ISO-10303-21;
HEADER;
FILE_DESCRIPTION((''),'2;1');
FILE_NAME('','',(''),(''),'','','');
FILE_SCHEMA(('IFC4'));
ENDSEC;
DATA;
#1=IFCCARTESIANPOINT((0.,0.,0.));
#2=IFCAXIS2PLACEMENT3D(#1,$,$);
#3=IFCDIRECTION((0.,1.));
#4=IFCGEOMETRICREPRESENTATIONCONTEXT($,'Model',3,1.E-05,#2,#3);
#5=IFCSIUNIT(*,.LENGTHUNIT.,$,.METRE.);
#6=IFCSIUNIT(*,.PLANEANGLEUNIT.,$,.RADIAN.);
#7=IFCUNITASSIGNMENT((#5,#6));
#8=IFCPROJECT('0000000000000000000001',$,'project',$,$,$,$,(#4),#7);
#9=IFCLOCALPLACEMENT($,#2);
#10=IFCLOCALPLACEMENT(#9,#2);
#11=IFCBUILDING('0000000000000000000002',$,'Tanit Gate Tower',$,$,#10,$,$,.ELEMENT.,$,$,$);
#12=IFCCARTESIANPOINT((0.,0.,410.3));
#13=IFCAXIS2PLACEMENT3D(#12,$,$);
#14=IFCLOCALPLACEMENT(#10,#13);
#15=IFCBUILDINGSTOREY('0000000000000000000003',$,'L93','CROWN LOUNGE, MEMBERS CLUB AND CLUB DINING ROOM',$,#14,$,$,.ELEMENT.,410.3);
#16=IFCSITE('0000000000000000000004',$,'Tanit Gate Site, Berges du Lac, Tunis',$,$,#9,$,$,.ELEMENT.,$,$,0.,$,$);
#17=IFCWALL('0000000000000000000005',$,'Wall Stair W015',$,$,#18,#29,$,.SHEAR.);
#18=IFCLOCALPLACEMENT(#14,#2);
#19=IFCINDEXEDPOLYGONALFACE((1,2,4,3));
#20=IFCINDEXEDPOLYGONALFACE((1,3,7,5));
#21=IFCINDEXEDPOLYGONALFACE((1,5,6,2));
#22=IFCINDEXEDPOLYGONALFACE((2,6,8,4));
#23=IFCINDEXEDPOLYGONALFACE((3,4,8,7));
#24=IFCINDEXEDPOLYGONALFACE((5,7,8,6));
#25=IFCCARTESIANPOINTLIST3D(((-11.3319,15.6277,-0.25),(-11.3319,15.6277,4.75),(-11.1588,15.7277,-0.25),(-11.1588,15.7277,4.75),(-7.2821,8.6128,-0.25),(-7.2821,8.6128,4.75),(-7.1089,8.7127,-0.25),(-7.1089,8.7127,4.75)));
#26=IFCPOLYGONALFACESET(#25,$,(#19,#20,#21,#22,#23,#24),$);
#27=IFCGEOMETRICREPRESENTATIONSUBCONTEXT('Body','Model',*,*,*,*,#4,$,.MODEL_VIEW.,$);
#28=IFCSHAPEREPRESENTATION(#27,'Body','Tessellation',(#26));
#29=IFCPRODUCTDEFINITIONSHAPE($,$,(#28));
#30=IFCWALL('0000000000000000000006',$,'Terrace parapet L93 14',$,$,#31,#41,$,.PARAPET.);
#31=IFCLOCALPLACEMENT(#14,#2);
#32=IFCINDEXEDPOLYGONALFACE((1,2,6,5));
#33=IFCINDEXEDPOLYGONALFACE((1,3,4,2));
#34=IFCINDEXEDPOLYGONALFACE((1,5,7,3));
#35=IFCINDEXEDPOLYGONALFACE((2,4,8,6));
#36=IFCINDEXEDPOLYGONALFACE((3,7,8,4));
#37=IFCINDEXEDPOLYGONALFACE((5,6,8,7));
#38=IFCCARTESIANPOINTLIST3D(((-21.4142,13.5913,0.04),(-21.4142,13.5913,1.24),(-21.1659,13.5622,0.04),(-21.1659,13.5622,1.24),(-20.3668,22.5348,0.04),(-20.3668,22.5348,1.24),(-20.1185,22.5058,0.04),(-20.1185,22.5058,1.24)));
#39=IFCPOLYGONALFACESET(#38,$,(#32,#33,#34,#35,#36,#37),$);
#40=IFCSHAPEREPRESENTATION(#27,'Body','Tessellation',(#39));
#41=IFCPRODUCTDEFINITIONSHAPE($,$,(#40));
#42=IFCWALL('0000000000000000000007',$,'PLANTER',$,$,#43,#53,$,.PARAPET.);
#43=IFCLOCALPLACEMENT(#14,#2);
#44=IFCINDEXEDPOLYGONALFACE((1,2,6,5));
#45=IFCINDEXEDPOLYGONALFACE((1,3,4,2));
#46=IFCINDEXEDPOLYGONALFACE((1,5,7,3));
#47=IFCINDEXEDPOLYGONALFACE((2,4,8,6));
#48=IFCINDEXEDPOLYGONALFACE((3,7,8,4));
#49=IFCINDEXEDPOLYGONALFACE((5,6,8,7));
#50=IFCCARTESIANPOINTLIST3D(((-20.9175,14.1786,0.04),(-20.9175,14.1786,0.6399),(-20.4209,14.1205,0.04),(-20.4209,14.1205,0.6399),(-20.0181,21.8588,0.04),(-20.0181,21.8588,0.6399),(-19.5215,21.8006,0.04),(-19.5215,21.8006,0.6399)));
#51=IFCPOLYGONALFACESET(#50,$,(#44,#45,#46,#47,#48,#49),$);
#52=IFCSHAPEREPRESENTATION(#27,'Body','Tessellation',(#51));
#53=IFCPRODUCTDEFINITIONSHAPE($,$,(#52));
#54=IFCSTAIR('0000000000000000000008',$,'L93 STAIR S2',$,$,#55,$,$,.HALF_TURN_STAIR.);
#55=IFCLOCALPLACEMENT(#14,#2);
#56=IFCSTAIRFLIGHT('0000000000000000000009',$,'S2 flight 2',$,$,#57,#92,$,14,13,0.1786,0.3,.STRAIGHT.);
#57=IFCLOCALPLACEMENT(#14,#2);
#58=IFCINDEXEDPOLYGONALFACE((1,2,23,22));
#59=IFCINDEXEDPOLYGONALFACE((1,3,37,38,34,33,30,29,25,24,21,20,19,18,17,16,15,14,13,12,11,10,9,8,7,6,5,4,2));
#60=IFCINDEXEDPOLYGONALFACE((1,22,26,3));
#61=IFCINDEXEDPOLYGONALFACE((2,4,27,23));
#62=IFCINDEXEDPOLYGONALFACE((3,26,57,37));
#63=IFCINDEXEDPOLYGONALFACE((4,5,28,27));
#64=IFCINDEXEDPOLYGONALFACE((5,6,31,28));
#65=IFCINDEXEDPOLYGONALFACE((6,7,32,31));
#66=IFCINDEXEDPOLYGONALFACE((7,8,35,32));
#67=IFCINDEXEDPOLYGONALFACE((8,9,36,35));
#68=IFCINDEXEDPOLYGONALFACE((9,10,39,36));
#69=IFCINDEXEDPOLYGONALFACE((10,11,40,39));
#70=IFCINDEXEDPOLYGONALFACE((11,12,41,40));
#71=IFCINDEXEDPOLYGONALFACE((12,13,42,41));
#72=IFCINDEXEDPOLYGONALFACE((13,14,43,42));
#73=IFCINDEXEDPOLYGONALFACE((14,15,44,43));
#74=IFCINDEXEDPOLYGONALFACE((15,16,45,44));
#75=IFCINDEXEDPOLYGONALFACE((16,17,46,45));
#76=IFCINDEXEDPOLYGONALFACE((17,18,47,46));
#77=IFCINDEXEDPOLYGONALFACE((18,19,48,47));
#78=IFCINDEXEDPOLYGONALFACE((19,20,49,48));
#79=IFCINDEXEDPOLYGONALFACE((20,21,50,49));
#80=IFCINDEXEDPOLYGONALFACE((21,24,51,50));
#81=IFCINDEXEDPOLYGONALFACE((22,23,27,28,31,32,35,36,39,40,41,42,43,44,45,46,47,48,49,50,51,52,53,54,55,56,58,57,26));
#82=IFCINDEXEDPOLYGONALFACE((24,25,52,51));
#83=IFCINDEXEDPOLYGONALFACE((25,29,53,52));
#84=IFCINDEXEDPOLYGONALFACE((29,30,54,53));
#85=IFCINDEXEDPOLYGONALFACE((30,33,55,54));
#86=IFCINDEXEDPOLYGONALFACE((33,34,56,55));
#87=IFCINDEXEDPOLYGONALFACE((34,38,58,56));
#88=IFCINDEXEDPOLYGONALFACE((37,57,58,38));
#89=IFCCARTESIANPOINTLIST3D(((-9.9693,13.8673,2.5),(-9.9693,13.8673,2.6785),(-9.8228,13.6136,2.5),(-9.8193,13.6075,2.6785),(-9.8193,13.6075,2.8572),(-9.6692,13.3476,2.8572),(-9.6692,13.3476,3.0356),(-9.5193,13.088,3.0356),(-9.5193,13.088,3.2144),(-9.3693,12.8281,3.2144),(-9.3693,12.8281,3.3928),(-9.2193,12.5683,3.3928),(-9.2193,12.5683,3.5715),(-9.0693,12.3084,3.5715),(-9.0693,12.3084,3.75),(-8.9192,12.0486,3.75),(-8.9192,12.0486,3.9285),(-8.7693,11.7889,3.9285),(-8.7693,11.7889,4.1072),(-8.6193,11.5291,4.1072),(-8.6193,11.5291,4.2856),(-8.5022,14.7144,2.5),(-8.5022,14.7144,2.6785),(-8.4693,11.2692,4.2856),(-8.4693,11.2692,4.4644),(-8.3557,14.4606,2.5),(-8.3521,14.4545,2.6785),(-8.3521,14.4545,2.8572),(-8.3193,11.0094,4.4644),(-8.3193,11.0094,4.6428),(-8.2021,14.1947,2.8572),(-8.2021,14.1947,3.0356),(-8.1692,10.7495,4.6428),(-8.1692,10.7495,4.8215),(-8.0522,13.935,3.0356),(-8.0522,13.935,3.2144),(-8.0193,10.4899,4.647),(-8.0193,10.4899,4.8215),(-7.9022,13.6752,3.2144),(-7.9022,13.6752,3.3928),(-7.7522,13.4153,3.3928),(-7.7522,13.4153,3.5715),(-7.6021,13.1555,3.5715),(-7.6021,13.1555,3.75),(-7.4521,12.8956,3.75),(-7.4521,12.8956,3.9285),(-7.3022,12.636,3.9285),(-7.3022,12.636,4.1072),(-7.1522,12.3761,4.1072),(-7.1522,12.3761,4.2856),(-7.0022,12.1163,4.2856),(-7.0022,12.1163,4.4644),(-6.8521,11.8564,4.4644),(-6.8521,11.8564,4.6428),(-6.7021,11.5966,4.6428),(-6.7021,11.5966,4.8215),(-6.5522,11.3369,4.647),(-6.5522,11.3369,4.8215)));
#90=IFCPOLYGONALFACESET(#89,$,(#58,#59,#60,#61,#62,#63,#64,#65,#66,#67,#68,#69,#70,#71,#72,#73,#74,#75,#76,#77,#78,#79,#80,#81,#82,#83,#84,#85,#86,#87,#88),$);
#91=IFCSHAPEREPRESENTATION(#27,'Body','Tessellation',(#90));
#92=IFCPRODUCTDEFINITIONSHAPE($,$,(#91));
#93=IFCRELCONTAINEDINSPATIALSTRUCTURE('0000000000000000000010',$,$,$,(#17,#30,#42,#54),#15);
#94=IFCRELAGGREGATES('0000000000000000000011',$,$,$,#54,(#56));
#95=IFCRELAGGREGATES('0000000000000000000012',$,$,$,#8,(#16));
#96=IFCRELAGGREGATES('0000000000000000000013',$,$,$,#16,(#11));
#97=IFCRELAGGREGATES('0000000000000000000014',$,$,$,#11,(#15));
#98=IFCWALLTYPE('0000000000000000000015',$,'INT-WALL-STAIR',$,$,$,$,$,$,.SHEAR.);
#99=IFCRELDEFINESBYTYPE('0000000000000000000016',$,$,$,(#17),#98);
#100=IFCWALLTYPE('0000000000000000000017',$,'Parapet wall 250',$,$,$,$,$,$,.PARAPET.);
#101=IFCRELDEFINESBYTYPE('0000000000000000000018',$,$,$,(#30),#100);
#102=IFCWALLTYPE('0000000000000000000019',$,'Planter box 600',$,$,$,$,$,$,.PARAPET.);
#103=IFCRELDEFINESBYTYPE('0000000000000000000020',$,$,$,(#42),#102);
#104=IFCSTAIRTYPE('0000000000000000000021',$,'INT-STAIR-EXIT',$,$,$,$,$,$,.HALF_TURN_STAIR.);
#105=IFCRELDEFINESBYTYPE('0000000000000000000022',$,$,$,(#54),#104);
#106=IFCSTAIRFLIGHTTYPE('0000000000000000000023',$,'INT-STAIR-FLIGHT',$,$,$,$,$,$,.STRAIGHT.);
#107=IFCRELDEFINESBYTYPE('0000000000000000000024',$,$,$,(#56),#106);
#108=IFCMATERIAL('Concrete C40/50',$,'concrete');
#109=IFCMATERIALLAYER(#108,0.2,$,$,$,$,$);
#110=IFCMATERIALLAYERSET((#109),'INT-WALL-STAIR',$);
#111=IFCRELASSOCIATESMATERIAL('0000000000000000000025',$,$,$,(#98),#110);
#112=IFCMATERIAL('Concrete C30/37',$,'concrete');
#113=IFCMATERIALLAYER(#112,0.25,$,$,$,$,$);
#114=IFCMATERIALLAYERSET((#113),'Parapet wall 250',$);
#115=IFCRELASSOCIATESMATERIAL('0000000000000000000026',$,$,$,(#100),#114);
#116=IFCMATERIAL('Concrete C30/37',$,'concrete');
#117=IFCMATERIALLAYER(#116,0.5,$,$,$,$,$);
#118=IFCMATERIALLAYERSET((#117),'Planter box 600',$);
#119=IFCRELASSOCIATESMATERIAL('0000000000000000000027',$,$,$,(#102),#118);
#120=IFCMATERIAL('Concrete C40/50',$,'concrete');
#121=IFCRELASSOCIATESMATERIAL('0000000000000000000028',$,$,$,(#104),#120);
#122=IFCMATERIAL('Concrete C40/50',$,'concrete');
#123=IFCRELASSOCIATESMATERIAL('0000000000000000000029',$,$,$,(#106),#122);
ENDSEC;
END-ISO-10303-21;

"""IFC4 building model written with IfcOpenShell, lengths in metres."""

from ifc_helpers import new_model, si_unit, direction, frame, frame_2d, origin, place, context, subcontext, project, spatial, polyline, rectangle, outline, extrude, material, layer, layer_set, type_object, element, aggregate, save


model = new_model("IFC4")

# Units and contexts
model_context = context("Model", 3, precision=1e-05, world=origin(), true_north=direction((0.0, 1.0)))
body_context = subcontext(model_context, "Body", "Model", "MODEL_VIEW")
ifc_project = project(units=[si_unit("LENGTHUNIT", "METRE"), si_unit("PLANEANGLEUNIT", "RADIAN")], contexts=[model_context])

# Site, building, storey
site_placement = place(None, origin())
site = spatial("IfcSite", under=ifc_project, at=site_placement, Name="Tanit Gate Site, Berges du Lac, Tunis", CompositionType="ELEMENT", RefElevation=0.0)
building_placement = place(site_placement, origin())
building = spatial("IfcBuilding", under=site, at=building_placement, Name="Tanit Gate Tower", CompositionType="ELEMENT")
storey_placement = place(building_placement, frame((0.0, 0.0, 410.3)))
storey = spatial("IfcBuildingStorey", under=building, at=storey_placement, Name="L93", Description="CROWN LOUNGE, MEMBERS CLUB AND CLUB DINING ROOM", CompositionType="ELEMENT", Elevation=410.3)

# Walls
ifc_material_1 = material(Name="Concrete C40/50", Category="concrete")
ifc_layer_1 = layer(ifc_material_1, 0.2)
ifc_layer_set_1 = layer_set([ifc_layer_1], Name="INT-WALL-STAIR")
wall_type_1 = type_object("IfcWallType", Name="INT-WALL-STAIR", PredefinedType="SHEAR", material=ifc_layer_set_1)
wall_1_placement = place(storey_placement, frame((-11.2454, 15.6777, -0.25), z_axis=(0.0, 0.0, 1.0), x_axis=(0.499977, -0.866039, 0.0)))
element("IfcWall", 1, at=wall_1_placement, inside=storey, type_object=wall_type_1, Name="Wall Stair W015", PredefinedType="SHEAR", context=body_context, shape_type="SweptSolid", body=[
    extrude(rectangle(XDim=8.1001, YDim=0.2, at=frame_2d((4.05, 0.0))), origin(), (0.0, 0.0, 1.0), 5.0),
])
ifc_material_2 = material(Name="Concrete C30/37", Category="concrete")
ifc_layer_2 = layer(ifc_material_2, 0.25)
ifc_layer_set_2 = layer_set([ifc_layer_2], Name="Parapet wall 250")
wall_type_2 = type_object("IfcWallType", Name="Parapet wall 250", PredefinedType="PARAPET", material=ifc_layer_set_2)
wall_2_placement = place(storey_placement, frame((-21.29, 13.5767, 0.04), z_axis=(0.0, 0.0, 1.0), x_axis=(0.116313, 0.993213, 0.0)))
element("IfcWall", 2, at=wall_2_placement, inside=storey, type_object=wall_type_2, Name="Terrace parapet L93 14", PredefinedType="PARAPET", context=body_context, shape_type="SweptSolid", body=[
    extrude(rectangle(XDim=9.0046, YDim=0.25, at=frame_2d((4.5024, 0.0))), origin(), (0.0, 0.0, 1.0), 1.2),
])
ifc_material_3 = material(Name="Concrete C30/37", Category="concrete")
ifc_layer_3 = layer(ifc_material_3, 0.5)
ifc_layer_set_3 = layer_set([ifc_layer_3], Name="Planter box 600")
wall_type_3 = type_object("IfcWallType", Name="Planter box 600", PredefinedType="PARAPET", material=ifc_layer_set_3)
wall_3_placement = place(storey_placement, frame((-20.6692, 14.1497, 0.04), z_axis=(0.0, 0.0, 1.0), x_axis=(0.116314, 0.993213, 0.0)))
element("IfcWall", 3, at=wall_3_placement, inside=storey, type_object=wall_type_3, Name="PLANTER", PredefinedType="PARAPET", context=body_context, shape_type="SweptSolid", body=[
    extrude(rectangle(XDim=7.7327, YDim=0.5, at=frame_2d((3.8662, 0.0))), origin(), (0.0, 0.0, 1.0), 0.5999),
])

# Stair, stair flight
ifc_material_4 = material(Name="Concrete C40/50", Category="concrete")
stair_type = type_object("IfcStairType", Name="INT-STAIR-EXIT", PredefinedType="HALF_TURN_STAIR", material=ifc_material_4)
stair_placement = place(storey_placement, origin())
stair = element("IfcStair", 4, at=stair_placement, inside=storey, type_object=stair_type, Name="L93 STAIR S2", PredefinedType="HALF_TURN_STAIR")
ifc_material_5 = material(Name="Concrete C40/50", Category="concrete")
stair_flight_type = type_object("IfcStairFlightType", Name="INT-STAIR-FLIGHT", PredefinedType="STRAIGHT", material=ifc_material_5)
stair_flight_placement = place(storey_placement, frame((-9.2358, 14.2908, 2.5), z_axis=(0.0, 0.0, 1.0), x_axis=(0.5, -0.866025, 0.0)))
stair_flight = element("IfcStairFlight", 5, at=stair_flight_placement, type_object=stair_flight_type, Name="S2 flight 2", NumberOfRisers=14, NumberOfTreads=13, PredefinedType="STRAIGHT", RiserHeight=0.1786, TreadLength=0.3, context=body_context, shape_type="SweptSolid", body=[
    extrude(outline(polyline([(0.0, 0.0), (0.0, 0.1785), (0.3, 0.1785), (0.3, 0.3572), (0.6001, 0.3572), (0.6001, 0.5356), (0.8999, 0.5356), (0.8999, 0.7144), (1.2, 0.7144), (1.2, 0.8928), (1.5, 0.8928), (1.5, 1.0715), (1.8, 1.0715), (1.8, 1.25), (2.1001, 1.25), (2.1001, 1.4285), (2.3999, 1.4285), (2.3999, 1.6072), (2.7, 1.6072), (2.7, 1.7856), (3.0, 1.7856), (3.0, 1.9644), (3.3, 1.9644), (3.3, 2.1428), (3.6001, 2.1428), (3.6001, 2.3215), (3.8999, 2.3215), (3.8999, 2.5), (3.8999, 2.147), (0.293, 0.0), (0.0, 0.0)])), frame((0.0, 0.8472, 0.0), z_axis=(0.0, -1.0, 0.0), x_axis=(1.0, 0.0, 0.0)), (0.0, 0.0, 1.0), 1.6941),
])
aggregate(stair, [stair_flight])

save(model, "model.ifc")
